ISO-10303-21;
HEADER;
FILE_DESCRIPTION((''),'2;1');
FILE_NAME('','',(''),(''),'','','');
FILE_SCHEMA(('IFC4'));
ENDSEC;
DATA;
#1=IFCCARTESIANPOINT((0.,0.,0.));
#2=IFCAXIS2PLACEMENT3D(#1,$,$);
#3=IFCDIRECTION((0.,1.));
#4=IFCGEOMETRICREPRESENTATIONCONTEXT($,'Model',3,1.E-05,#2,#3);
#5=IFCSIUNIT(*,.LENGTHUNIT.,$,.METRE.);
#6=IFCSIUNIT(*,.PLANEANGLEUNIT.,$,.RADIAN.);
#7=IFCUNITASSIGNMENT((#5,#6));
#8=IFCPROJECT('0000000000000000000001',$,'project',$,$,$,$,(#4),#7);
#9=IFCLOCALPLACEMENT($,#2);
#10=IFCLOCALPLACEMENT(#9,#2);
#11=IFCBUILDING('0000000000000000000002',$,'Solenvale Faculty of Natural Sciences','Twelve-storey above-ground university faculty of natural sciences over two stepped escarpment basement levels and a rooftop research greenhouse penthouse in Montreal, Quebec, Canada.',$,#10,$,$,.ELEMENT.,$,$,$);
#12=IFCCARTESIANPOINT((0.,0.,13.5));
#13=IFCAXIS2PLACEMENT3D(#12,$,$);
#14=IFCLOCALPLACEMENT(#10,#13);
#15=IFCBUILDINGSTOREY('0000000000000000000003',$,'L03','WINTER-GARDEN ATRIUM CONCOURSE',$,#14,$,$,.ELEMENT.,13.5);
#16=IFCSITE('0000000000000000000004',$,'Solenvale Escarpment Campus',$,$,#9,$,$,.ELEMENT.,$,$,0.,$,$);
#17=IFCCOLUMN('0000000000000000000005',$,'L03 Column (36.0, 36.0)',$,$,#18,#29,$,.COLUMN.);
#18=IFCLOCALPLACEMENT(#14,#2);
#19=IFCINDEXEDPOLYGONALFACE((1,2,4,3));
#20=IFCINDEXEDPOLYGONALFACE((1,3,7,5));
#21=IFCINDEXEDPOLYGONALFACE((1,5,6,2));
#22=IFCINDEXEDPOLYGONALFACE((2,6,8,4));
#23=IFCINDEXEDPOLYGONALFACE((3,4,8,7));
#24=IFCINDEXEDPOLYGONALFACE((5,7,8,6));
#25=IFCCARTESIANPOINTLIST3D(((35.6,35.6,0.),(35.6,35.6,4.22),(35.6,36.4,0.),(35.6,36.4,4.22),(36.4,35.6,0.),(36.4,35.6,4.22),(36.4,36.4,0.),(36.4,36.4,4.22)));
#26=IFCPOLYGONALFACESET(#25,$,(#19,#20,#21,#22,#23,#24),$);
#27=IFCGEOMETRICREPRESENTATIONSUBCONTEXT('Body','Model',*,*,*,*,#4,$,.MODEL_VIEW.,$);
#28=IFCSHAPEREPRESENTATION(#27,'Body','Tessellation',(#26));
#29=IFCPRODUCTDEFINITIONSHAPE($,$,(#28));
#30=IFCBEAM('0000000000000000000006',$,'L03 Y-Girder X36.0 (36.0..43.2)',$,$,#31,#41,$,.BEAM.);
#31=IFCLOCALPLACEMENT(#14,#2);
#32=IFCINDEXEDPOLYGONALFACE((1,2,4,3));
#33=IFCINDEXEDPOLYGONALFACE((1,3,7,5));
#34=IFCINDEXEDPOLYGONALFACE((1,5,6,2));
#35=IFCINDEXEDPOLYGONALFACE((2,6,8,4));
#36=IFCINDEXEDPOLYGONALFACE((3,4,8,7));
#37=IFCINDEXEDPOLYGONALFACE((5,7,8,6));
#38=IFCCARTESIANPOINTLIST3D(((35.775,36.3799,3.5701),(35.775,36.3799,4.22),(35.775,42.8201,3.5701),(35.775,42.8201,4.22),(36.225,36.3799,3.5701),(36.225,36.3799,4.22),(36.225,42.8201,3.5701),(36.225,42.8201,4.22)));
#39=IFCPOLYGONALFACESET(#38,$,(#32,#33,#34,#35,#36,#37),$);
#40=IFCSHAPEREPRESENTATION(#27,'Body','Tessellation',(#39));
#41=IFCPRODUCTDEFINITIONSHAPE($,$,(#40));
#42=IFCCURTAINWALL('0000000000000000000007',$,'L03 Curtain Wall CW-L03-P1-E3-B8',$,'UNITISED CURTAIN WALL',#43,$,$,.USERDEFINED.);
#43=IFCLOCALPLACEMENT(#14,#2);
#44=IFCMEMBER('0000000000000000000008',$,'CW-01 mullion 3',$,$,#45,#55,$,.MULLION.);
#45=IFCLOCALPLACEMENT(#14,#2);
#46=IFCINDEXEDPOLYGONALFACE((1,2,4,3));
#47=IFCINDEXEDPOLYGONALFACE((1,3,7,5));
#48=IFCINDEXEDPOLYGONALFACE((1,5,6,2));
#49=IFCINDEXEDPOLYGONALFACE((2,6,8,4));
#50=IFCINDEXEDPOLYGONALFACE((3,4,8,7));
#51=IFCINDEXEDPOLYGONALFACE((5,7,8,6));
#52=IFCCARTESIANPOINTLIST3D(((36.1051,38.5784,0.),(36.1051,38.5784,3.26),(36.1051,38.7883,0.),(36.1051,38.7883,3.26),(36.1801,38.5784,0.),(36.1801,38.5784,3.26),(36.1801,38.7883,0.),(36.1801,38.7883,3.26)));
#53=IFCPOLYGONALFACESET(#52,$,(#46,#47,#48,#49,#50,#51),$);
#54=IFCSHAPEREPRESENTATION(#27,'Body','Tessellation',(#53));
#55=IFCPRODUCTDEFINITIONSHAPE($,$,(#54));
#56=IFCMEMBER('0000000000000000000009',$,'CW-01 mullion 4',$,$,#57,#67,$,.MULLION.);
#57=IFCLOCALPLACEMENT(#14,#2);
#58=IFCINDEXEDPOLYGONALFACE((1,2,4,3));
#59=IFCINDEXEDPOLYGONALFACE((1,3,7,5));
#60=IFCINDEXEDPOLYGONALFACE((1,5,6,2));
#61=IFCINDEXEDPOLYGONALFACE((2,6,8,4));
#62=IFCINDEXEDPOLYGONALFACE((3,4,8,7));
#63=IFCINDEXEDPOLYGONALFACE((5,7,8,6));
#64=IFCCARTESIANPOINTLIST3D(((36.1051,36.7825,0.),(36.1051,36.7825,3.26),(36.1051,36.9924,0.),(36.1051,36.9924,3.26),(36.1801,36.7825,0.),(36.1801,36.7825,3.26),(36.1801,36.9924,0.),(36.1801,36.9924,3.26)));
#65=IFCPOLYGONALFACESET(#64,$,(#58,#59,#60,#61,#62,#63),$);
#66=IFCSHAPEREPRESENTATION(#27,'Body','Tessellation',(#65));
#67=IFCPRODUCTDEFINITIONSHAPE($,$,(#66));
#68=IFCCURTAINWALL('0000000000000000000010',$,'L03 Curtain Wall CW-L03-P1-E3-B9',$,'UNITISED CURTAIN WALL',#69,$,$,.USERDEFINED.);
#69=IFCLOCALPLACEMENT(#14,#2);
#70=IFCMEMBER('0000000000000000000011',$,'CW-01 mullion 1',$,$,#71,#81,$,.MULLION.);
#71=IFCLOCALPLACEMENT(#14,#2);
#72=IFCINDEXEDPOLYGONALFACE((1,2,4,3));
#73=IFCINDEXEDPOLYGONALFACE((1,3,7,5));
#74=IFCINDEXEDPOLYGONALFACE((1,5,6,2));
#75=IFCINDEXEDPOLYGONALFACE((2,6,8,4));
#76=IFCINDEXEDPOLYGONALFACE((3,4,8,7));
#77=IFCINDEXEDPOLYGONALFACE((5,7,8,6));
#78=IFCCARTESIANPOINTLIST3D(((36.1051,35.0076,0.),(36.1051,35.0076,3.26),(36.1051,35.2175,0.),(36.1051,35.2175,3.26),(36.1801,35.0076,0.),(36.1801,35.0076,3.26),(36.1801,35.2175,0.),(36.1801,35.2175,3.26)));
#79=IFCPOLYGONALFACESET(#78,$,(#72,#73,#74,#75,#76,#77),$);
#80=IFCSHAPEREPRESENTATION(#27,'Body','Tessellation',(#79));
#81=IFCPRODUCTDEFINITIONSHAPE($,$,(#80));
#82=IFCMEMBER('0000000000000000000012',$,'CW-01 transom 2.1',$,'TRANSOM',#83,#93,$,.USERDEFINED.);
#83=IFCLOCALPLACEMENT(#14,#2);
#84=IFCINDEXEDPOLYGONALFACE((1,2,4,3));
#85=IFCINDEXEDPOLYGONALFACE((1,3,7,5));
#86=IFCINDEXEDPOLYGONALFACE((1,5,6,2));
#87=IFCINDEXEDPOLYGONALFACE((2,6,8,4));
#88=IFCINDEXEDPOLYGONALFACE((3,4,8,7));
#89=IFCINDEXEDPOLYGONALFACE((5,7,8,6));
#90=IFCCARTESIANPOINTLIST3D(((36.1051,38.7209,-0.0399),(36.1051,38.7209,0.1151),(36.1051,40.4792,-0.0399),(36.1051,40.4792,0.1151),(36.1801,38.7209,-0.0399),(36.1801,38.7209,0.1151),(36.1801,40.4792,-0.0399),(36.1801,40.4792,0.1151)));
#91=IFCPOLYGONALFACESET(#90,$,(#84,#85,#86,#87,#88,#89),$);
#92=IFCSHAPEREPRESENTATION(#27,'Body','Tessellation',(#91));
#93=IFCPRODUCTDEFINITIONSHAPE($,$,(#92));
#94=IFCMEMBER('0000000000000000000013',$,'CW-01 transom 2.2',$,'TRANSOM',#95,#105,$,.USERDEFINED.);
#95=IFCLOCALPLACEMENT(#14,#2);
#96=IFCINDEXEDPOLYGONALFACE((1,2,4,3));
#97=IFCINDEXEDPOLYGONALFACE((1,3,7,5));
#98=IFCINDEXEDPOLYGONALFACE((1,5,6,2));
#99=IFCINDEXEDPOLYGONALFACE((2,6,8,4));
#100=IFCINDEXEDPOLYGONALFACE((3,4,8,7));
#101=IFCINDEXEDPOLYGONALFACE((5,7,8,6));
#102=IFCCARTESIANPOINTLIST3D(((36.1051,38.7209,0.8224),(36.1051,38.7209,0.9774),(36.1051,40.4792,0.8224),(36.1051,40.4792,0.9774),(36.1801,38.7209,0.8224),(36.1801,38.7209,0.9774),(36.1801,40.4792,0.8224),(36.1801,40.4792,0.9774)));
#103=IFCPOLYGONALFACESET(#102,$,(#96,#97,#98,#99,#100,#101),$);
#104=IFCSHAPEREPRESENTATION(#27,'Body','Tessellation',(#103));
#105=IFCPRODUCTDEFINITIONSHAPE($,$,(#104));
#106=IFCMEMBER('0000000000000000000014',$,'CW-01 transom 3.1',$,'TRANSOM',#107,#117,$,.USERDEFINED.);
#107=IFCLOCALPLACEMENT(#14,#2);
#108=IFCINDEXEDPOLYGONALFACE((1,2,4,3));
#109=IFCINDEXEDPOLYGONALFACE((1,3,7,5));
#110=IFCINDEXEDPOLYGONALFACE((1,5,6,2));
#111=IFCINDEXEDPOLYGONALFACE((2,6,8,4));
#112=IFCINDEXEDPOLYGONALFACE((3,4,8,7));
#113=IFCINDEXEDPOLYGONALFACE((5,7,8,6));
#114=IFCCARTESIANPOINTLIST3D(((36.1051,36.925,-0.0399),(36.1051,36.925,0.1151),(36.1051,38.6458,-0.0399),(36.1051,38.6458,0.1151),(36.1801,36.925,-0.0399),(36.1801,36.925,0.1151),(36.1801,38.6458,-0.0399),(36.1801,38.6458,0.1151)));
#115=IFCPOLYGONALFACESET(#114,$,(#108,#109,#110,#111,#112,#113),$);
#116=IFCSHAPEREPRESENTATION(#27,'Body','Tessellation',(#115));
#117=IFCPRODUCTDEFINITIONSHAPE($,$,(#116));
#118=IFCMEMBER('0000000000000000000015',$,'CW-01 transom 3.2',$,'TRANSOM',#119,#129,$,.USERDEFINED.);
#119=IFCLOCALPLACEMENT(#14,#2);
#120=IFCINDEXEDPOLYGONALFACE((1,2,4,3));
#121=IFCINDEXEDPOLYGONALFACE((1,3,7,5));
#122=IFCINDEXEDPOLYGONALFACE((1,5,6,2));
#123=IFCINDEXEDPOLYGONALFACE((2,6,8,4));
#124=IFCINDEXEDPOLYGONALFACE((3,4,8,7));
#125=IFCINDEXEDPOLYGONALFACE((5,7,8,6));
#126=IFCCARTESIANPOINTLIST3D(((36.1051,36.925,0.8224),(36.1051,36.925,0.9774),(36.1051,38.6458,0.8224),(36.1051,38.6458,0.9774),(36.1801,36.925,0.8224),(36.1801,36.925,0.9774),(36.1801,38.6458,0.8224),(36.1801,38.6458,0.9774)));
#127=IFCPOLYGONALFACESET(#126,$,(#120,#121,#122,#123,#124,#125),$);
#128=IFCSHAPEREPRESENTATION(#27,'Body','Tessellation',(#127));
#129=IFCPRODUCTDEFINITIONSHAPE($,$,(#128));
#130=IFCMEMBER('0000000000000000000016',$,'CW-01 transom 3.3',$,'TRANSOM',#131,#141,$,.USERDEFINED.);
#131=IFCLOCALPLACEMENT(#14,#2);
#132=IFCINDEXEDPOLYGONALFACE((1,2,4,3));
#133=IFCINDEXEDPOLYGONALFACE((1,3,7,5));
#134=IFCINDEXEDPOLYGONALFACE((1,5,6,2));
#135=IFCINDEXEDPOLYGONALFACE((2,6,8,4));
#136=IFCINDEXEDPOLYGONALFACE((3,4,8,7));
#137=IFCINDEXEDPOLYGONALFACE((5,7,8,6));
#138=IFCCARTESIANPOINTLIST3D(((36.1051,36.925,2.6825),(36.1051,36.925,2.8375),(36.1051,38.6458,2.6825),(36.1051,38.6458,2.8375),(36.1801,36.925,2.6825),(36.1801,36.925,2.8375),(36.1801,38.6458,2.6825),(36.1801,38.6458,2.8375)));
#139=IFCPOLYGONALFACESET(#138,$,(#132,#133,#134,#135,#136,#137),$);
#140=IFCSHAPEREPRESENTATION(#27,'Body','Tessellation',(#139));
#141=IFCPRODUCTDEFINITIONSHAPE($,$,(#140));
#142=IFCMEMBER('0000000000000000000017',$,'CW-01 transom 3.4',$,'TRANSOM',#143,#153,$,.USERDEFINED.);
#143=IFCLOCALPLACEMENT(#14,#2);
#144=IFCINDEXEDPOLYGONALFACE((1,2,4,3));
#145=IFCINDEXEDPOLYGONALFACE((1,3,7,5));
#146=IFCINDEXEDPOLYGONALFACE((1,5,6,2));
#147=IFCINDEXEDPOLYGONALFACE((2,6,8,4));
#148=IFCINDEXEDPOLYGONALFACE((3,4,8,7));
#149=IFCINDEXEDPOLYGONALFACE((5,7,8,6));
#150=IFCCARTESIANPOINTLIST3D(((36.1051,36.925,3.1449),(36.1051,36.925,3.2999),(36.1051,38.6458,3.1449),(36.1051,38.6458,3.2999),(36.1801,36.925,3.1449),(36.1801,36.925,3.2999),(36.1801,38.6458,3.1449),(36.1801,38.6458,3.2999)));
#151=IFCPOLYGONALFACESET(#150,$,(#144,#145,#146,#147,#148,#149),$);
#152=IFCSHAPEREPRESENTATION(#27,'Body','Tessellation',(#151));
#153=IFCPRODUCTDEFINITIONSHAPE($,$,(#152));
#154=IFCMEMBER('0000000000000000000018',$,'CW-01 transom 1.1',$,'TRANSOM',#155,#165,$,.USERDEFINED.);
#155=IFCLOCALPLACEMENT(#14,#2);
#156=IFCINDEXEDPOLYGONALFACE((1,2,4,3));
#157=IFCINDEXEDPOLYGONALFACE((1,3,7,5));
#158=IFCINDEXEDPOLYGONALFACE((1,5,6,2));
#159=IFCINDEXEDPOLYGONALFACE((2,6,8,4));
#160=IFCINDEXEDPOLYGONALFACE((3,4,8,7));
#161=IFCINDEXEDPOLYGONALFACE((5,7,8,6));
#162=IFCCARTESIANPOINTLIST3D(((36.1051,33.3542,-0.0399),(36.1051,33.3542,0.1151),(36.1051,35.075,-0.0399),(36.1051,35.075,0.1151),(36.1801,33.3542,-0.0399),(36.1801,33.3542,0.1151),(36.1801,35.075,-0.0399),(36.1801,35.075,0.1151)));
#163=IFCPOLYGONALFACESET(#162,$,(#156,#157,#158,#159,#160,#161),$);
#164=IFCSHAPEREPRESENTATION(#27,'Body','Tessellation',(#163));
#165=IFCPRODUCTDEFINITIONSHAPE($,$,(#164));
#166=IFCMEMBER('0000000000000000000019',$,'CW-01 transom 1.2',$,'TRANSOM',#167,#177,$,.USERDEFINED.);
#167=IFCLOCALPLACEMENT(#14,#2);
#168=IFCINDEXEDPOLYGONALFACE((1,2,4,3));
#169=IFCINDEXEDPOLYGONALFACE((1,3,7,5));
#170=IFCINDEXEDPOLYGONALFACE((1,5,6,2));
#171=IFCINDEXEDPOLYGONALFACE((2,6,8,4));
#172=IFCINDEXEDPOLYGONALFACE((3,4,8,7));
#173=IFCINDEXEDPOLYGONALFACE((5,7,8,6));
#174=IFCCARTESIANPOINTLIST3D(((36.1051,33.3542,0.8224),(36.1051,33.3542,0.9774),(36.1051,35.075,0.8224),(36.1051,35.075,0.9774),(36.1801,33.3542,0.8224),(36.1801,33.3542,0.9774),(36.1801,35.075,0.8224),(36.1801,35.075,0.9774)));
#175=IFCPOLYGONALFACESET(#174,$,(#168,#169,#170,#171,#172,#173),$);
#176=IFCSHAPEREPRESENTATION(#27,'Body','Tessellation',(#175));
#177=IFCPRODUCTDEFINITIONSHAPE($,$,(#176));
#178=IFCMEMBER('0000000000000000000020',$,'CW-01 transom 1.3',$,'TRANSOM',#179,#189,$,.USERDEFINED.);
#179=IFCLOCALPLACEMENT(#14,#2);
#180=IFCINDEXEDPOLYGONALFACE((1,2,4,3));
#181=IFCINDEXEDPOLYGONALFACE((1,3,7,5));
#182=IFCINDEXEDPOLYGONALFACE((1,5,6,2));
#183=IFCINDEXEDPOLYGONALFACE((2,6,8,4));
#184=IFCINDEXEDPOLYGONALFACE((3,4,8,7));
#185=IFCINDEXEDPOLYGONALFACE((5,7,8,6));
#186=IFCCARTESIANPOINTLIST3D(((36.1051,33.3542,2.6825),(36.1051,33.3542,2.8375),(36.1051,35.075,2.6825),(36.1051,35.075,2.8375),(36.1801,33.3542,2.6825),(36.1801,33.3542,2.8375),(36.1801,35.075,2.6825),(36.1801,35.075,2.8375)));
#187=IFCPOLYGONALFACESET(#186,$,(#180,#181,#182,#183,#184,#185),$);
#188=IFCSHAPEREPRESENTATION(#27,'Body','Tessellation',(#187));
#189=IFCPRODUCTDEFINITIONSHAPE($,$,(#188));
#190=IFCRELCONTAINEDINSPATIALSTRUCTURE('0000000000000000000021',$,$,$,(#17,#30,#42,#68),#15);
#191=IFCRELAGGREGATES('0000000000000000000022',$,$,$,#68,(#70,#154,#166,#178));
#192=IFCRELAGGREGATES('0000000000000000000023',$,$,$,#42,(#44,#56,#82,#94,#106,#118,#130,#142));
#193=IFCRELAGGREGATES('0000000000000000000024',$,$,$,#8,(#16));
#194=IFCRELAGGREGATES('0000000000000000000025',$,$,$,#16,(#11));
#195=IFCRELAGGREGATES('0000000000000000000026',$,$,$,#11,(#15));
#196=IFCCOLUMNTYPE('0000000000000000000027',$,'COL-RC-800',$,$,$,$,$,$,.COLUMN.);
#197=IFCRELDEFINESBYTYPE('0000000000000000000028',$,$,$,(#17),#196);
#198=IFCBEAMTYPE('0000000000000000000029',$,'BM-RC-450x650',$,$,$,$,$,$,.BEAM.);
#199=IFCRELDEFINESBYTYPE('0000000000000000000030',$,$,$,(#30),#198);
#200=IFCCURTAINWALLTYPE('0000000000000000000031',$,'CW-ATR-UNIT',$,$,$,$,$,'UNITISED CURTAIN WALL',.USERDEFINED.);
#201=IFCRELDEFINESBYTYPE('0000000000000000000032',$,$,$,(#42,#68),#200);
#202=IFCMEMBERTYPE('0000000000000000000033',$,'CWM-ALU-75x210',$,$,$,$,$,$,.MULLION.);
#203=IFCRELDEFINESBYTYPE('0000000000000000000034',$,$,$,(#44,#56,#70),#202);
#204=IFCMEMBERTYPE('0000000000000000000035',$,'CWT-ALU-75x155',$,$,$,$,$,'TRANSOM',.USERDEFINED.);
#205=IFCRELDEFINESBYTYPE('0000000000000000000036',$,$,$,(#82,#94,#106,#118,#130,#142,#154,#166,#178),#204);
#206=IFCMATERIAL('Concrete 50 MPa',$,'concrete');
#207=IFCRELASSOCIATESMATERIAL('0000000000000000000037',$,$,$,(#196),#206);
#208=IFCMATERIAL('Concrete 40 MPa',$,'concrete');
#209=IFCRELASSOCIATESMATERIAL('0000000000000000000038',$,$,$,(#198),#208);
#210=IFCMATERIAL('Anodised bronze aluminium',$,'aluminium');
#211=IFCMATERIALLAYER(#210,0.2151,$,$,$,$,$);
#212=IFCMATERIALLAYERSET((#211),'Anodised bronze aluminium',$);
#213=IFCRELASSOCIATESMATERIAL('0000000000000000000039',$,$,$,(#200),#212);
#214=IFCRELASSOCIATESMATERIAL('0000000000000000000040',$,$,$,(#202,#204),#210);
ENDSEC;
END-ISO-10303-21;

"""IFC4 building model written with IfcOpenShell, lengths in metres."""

from ifc_helpers import new_model, si_unit, direction, frame, origin, origin_2d, place, context, subcontext, project, spatial, rectangle, extrude, material, layer, layer_set, material_profile, profile_set, type_object, element, aggregate, save


model = new_model("IFC4")

# Units and contexts
model_context = context("Model", 3, precision=1e-05, world=origin(), true_north=direction((0.0, 1.0)))
body_context = subcontext(model_context, "Body", "Model", "MODEL_VIEW")
ifc_project = project(units=[si_unit("LENGTHUNIT", "METRE"), si_unit("PLANEANGLEUNIT", "RADIAN")], contexts=[model_context])

# Site, building, storey
site_placement = place(None, origin())
site = spatial("IfcSite", under=ifc_project, at=site_placement, Name="Solenvale Escarpment Campus", CompositionType="ELEMENT", RefElevation=0.0)
building_placement = place(site_placement, origin())
building = spatial("IfcBuilding", under=site, at=building_placement, Name="Solenvale Faculty of Natural Sciences", Description="Twelve-storey above-ground university faculty of natural sciences over two stepped escarpment basement levels and a rooftop research greenhouse penthouse in Montreal, Quebec, Canada.", CompositionType="ELEMENT")
storey_placement = place(building_placement, frame((0.0, 0.0, 13.5)))
storey = spatial("IfcBuildingStorey", under=building, at=storey_placement, Name="L03", Description="WINTER-GARDEN ATRIUM CONCOURSE", CompositionType="ELEMENT", Elevation=13.5)

# Column
ifc_material_1 = material(Name="Concrete 50 MPa", Category="concrete")
ifc_material_profile_1 = material_profile(ifc_material_1, rectangle(XDim=0.8, YDim=0.8, at=origin_2d()), Name="RC-COL-800x800")
ifc_profile_set_1 = profile_set([ifc_material_profile_1], Name="Concrete 50 MPa")
column_type = type_object("IfcColumnType", Name="COL-RC-800", PredefinedType="COLUMN", material=ifc_profile_set_1)
column_placement = place(storey_placement, frame((36.0, 36.0, 0.0), z_axis=(0.0, 0.0, 1.0), x_axis=(1.0, 0.0, 0.0)))
element("IfcColumn", 1, at=column_placement, inside=storey, type_object=column_type, Name="L03 Column (36.0, 36.0)", PredefinedType="COLUMN", context=body_context, shape_type="SweptSolid", body=[
    extrude(rectangle(XDim=0.8, YDim=0.8, at=origin_2d()), origin(), (0.0, 0.0, 1.0), 4.22),
])

# Beam
ifc_material_2 = material(Name="Concrete 40 MPa", Category="concrete")
ifc_material_profile_2 = material_profile(ifc_material_2, rectangle(XDim=0.45, YDim=0.6499, at=origin_2d()), Name="RC-BM-450x650")
ifc_profile_set_2 = profile_set([ifc_material_profile_2], Name="Concrete 40 MPa")
beam_type = type_object("IfcBeamType", Name="BM-RC-450x650", PredefinedType="BEAM", material=ifc_profile_set_2)
beam_placement = place(storey_placement, frame((36.0, 36.3799, 3.895), z_axis=(0.0, 1.0, 0.0), x_axis=(-1.0, 0.0, 0.0)))
element("IfcBeam", 2, at=beam_placement, inside=storey, type_object=beam_type, Name="L03 Y-Girder X36.0 (36.0..43.2)", PredefinedType="BEAM", context=body_context, shape_type="SweptSolid", body=[
    extrude(rectangle(XDim=0.45, YDim=0.6499, at=origin_2d()), origin(), (0.0, 0.0, 1.0), 6.4402),
])

# Curtain wall, members
ifc_material_3 = material(Name="Anodised bronze aluminium", Category="aluminium")
ifc_layer_1 = layer(ifc_material_3, 0.2151)
ifc_layer_set_1 = layer_set([ifc_layer_1], Name="Anodised bronze aluminium")
curtain_wall_type = type_object("IfcCurtainWallType", Name="CW-ATR-UNIT", ElementType="UNITISED CURTAIN WALL", PredefinedType="USERDEFINED", material=ifc_layer_set_1)
curtain_wall_1_placement = place(storey_placement, origin())
curtain_wall_1 = element("IfcCurtainWall", 3, at=curtain_wall_1_placement, inside=storey, type_object=curtain_wall_type, Name="L03 Curtain Wall CW-L03-P1-E3-B8", ObjectType="UNITISED CURTAIN WALL", PredefinedType="USERDEFINED")
ifc_material_profile_3 = material_profile(ifc_material_3, rectangle(XDim=0.075, YDim=0.21, at=origin_2d()), Name="ALU-MUL-75x210")
ifc_profile_set_3 = profile_set([ifc_material_profile_3], Name="Anodised bronze aluminium")
member_type_1 = type_object("IfcMemberType", Name="CWM-ALU-75x210", PredefinedType="MULLION", material=ifc_profile_set_3)
member_1_placement = place(storey_placement, frame((36.1426, 38.6833, 0.0), z_axis=(0.0, 0.0, 1.0), x_axis=(1.0, 0.0, 0.0)))
member_1 = element("IfcMember", 4, at=member_1_placement, type_object=member_type_1, Name="CW-01 mullion 3", PredefinedType="MULLION", context=body_context, shape_type="SweptSolid", body=[
    extrude(rectangle(XDim=0.075, YDim=0.21, at=origin_2d()), origin(), (0.0, 0.0, 1.0), 3.26),
])
member_2_placement = place(storey_placement, frame((36.1426, 36.8875, 0.0), z_axis=(0.0, 0.0, 1.0), x_axis=(1.0, 0.0, 0.0)))
member_2 = element("IfcMember", 5, at=member_2_placement, type_object=member_type_1, Name="CW-01 mullion 4", PredefinedType="MULLION", context=body_context, shape_type="SweptSolid", body=[
    extrude(rectangle(XDim=0.075, YDim=0.21, at=origin_2d()), origin(), (0.0, 0.0, 1.0), 3.26),
])

# Curtain wall, member
curtain_wall_2_placement = place(storey_placement, origin())
curtain_wall_2 = element("IfcCurtainWall", 6, at=curtain_wall_2_placement, inside=storey, type_object=curtain_wall_type, Name="L03 Curtain Wall CW-L03-P1-E3-B9", ObjectType="UNITISED CURTAIN WALL", PredefinedType="USERDEFINED")
member_3_placement = place(storey_placement, frame((36.1426, 35.1125, 0.0), z_axis=(0.0, 0.0, 1.0), x_axis=(1.0, 0.0, 0.0)))
member_3 = element("IfcMember", 7, at=member_3_placement, type_object=member_type_1, Name="CW-01 mullion 1", PredefinedType="MULLION", context=body_context, shape_type="SweptSolid", body=[
    extrude(rectangle(XDim=0.075, YDim=0.21, at=origin_2d()), origin(), (0.0, 0.0, 1.0), 3.26),
])

# Members
ifc_material_profile_4 = material_profile(ifc_material_3, rectangle(XDim=0.075, YDim=0.155, at=origin_2d()), Name="ALU-TRN-75x155")
ifc_profile_set_4 = profile_set([ifc_material_profile_4], Name="Anodised bronze aluminium")
member_type_2 = type_object("IfcMemberType", Name="CWT-ALU-75x155", ElementType="TRANSOM", PredefinedType="USERDEFINED", material=ifc_profile_set_4)
member_4_placement = place(storey_placement, frame((36.1426, 40.4792, 0.0376), z_axis=(0.0, -1.0, 0.0), x_axis=(1.0, 0.0, 0.0)))
member_4 = element("IfcMember", 8, at=member_4_placement, type_object=member_type_2, Name="CW-01 transom 2.1", ObjectType="TRANSOM", PredefinedType="USERDEFINED", context=body_context, shape_type="SweptSolid", body=[
    extrude(rectangle(XDim=0.075, YDim=0.155, at=origin_2d()), origin(), (0.0, 0.0, 1.0), 1.7583),
])
member_5_placement = place(storey_placement, frame((36.1426, 40.4792, 0.8999), z_axis=(0.0, -1.0, 0.0), x_axis=(1.0, 0.0, 0.0)))
member_5 = element("IfcMember", 9, at=member_5_placement, type_object=member_type_2, Name="CW-01 transom 2.2", ObjectType="TRANSOM", PredefinedType="USERDEFINED", context=body_context, shape_type="SweptSolid", body=[
    extrude(rectangle(XDim=0.075, YDim=0.155, at=origin_2d()), origin(), (0.0, 0.0, 1.0), 1.7583),
])
member_6_placement = place(storey_placement, frame((36.1426, 38.6458, 0.0376), z_axis=(0.0, -1.0, 0.0), x_axis=(1.0, 0.0, 0.0)))
member_6 = element("IfcMember", 10, at=member_6_placement, type_object=member_type_2, Name="CW-01 transom 3.1", ObjectType="TRANSOM", PredefinedType="USERDEFINED", context=body_context, shape_type="SweptSolid", body=[
    extrude(rectangle(XDim=0.075, YDim=0.155, at=origin_2d()), origin(), (0.0, 0.0, 1.0), 1.7207),
])
member_7_placement = place(storey_placement, frame((36.1426, 38.6458, 0.8999), z_axis=(0.0, -1.0, 0.0), x_axis=(1.0, 0.0, 0.0)))
member_7 = element("IfcMember", 11, at=member_7_placement, type_object=member_type_2, Name="CW-01 transom 3.2", ObjectType="TRANSOM", PredefinedType="USERDEFINED", context=body_context, shape_type="SweptSolid", body=[
    extrude(rectangle(XDim=0.075, YDim=0.155, at=origin_2d()), origin(), (0.0, 0.0, 1.0), 1.7207),
])
member_8_placement = place(storey_placement, frame((36.1426, 38.6458, 2.76), z_axis=(0.0, -1.0, 0.0), x_axis=(1.0, 0.0, 0.0)))
member_8 = element("IfcMember", 12, at=member_8_placement, type_object=member_type_2, Name="CW-01 transom 3.3", ObjectType="TRANSOM", PredefinedType="USERDEFINED", context=body_context, shape_type="SweptSolid", body=[
    extrude(rectangle(XDim=0.075, YDim=0.155, at=origin_2d()), origin(), (0.0, 0.0, 1.0), 1.7207),
])
member_9_placement = place(storey_placement, frame((36.1426, 38.6458, 3.2224), z_axis=(0.0, -1.0, 0.0), x_axis=(1.0, 0.0, 0.0)))
member_9 = element("IfcMember", 13, at=member_9_placement, type_object=member_type_2, Name="CW-01 transom 3.4", ObjectType="TRANSOM", PredefinedType="USERDEFINED", context=body_context, shape_type="SweptSolid", body=[
    extrude(rectangle(XDim=0.075, YDim=0.155, at=origin_2d()), origin(), (0.0, 0.0, 1.0), 1.7207),
])
member_10_placement = place(storey_placement, frame((36.1426, 35.075, 0.0376), z_axis=(0.0, -1.0, 0.0), x_axis=(1.0, 0.0, 0.0)))
member_10 = element("IfcMember", 14, at=member_10_placement, type_object=member_type_2, Name="CW-01 transom 1.1", ObjectType="TRANSOM", PredefinedType="USERDEFINED", context=body_context, shape_type="SweptSolid", body=[
    extrude(rectangle(XDim=0.075, YDim=0.155, at=origin_2d()), origin(), (0.0, 0.0, 1.0), 1.7207),
])
member_11_placement = place(storey_placement, frame((36.1426, 35.075, 0.8999), z_axis=(0.0, -1.0, 0.0), x_axis=(1.0, 0.0, 0.0)))
member_11 = element("IfcMember", 15, at=member_11_placement, type_object=member_type_2, Name="CW-01 transom 1.2", ObjectType="TRANSOM", PredefinedType="USERDEFINED", context=body_context, shape_type="SweptSolid", body=[
    extrude(rectangle(XDim=0.075, YDim=0.155, at=origin_2d()), origin(), (0.0, 0.0, 1.0), 1.7207),
])
member_12_placement = place(storey_placement, frame((36.1426, 35.075, 2.76), z_axis=(0.0, -1.0, 0.0), x_axis=(1.0, 0.0, 0.0)))
member_12 = element("IfcMember", 16, at=member_12_placement, type_object=member_type_2, Name="CW-01 transom 1.3", ObjectType="TRANSOM", PredefinedType="USERDEFINED", context=body_context, shape_type="SweptSolid", body=[
    extrude(rectangle(XDim=0.075, YDim=0.155, at=origin_2d()), origin(), (0.0, 0.0, 1.0), 1.7207),
])

aggregate(curtain_wall_2, [member_3, member_10, member_11, member_12])
aggregate(curtain_wall_1, [member_1, member_2, member_4, member_5, member_6, member_7, member_8, member_9])

save(model, "model.ifc")
